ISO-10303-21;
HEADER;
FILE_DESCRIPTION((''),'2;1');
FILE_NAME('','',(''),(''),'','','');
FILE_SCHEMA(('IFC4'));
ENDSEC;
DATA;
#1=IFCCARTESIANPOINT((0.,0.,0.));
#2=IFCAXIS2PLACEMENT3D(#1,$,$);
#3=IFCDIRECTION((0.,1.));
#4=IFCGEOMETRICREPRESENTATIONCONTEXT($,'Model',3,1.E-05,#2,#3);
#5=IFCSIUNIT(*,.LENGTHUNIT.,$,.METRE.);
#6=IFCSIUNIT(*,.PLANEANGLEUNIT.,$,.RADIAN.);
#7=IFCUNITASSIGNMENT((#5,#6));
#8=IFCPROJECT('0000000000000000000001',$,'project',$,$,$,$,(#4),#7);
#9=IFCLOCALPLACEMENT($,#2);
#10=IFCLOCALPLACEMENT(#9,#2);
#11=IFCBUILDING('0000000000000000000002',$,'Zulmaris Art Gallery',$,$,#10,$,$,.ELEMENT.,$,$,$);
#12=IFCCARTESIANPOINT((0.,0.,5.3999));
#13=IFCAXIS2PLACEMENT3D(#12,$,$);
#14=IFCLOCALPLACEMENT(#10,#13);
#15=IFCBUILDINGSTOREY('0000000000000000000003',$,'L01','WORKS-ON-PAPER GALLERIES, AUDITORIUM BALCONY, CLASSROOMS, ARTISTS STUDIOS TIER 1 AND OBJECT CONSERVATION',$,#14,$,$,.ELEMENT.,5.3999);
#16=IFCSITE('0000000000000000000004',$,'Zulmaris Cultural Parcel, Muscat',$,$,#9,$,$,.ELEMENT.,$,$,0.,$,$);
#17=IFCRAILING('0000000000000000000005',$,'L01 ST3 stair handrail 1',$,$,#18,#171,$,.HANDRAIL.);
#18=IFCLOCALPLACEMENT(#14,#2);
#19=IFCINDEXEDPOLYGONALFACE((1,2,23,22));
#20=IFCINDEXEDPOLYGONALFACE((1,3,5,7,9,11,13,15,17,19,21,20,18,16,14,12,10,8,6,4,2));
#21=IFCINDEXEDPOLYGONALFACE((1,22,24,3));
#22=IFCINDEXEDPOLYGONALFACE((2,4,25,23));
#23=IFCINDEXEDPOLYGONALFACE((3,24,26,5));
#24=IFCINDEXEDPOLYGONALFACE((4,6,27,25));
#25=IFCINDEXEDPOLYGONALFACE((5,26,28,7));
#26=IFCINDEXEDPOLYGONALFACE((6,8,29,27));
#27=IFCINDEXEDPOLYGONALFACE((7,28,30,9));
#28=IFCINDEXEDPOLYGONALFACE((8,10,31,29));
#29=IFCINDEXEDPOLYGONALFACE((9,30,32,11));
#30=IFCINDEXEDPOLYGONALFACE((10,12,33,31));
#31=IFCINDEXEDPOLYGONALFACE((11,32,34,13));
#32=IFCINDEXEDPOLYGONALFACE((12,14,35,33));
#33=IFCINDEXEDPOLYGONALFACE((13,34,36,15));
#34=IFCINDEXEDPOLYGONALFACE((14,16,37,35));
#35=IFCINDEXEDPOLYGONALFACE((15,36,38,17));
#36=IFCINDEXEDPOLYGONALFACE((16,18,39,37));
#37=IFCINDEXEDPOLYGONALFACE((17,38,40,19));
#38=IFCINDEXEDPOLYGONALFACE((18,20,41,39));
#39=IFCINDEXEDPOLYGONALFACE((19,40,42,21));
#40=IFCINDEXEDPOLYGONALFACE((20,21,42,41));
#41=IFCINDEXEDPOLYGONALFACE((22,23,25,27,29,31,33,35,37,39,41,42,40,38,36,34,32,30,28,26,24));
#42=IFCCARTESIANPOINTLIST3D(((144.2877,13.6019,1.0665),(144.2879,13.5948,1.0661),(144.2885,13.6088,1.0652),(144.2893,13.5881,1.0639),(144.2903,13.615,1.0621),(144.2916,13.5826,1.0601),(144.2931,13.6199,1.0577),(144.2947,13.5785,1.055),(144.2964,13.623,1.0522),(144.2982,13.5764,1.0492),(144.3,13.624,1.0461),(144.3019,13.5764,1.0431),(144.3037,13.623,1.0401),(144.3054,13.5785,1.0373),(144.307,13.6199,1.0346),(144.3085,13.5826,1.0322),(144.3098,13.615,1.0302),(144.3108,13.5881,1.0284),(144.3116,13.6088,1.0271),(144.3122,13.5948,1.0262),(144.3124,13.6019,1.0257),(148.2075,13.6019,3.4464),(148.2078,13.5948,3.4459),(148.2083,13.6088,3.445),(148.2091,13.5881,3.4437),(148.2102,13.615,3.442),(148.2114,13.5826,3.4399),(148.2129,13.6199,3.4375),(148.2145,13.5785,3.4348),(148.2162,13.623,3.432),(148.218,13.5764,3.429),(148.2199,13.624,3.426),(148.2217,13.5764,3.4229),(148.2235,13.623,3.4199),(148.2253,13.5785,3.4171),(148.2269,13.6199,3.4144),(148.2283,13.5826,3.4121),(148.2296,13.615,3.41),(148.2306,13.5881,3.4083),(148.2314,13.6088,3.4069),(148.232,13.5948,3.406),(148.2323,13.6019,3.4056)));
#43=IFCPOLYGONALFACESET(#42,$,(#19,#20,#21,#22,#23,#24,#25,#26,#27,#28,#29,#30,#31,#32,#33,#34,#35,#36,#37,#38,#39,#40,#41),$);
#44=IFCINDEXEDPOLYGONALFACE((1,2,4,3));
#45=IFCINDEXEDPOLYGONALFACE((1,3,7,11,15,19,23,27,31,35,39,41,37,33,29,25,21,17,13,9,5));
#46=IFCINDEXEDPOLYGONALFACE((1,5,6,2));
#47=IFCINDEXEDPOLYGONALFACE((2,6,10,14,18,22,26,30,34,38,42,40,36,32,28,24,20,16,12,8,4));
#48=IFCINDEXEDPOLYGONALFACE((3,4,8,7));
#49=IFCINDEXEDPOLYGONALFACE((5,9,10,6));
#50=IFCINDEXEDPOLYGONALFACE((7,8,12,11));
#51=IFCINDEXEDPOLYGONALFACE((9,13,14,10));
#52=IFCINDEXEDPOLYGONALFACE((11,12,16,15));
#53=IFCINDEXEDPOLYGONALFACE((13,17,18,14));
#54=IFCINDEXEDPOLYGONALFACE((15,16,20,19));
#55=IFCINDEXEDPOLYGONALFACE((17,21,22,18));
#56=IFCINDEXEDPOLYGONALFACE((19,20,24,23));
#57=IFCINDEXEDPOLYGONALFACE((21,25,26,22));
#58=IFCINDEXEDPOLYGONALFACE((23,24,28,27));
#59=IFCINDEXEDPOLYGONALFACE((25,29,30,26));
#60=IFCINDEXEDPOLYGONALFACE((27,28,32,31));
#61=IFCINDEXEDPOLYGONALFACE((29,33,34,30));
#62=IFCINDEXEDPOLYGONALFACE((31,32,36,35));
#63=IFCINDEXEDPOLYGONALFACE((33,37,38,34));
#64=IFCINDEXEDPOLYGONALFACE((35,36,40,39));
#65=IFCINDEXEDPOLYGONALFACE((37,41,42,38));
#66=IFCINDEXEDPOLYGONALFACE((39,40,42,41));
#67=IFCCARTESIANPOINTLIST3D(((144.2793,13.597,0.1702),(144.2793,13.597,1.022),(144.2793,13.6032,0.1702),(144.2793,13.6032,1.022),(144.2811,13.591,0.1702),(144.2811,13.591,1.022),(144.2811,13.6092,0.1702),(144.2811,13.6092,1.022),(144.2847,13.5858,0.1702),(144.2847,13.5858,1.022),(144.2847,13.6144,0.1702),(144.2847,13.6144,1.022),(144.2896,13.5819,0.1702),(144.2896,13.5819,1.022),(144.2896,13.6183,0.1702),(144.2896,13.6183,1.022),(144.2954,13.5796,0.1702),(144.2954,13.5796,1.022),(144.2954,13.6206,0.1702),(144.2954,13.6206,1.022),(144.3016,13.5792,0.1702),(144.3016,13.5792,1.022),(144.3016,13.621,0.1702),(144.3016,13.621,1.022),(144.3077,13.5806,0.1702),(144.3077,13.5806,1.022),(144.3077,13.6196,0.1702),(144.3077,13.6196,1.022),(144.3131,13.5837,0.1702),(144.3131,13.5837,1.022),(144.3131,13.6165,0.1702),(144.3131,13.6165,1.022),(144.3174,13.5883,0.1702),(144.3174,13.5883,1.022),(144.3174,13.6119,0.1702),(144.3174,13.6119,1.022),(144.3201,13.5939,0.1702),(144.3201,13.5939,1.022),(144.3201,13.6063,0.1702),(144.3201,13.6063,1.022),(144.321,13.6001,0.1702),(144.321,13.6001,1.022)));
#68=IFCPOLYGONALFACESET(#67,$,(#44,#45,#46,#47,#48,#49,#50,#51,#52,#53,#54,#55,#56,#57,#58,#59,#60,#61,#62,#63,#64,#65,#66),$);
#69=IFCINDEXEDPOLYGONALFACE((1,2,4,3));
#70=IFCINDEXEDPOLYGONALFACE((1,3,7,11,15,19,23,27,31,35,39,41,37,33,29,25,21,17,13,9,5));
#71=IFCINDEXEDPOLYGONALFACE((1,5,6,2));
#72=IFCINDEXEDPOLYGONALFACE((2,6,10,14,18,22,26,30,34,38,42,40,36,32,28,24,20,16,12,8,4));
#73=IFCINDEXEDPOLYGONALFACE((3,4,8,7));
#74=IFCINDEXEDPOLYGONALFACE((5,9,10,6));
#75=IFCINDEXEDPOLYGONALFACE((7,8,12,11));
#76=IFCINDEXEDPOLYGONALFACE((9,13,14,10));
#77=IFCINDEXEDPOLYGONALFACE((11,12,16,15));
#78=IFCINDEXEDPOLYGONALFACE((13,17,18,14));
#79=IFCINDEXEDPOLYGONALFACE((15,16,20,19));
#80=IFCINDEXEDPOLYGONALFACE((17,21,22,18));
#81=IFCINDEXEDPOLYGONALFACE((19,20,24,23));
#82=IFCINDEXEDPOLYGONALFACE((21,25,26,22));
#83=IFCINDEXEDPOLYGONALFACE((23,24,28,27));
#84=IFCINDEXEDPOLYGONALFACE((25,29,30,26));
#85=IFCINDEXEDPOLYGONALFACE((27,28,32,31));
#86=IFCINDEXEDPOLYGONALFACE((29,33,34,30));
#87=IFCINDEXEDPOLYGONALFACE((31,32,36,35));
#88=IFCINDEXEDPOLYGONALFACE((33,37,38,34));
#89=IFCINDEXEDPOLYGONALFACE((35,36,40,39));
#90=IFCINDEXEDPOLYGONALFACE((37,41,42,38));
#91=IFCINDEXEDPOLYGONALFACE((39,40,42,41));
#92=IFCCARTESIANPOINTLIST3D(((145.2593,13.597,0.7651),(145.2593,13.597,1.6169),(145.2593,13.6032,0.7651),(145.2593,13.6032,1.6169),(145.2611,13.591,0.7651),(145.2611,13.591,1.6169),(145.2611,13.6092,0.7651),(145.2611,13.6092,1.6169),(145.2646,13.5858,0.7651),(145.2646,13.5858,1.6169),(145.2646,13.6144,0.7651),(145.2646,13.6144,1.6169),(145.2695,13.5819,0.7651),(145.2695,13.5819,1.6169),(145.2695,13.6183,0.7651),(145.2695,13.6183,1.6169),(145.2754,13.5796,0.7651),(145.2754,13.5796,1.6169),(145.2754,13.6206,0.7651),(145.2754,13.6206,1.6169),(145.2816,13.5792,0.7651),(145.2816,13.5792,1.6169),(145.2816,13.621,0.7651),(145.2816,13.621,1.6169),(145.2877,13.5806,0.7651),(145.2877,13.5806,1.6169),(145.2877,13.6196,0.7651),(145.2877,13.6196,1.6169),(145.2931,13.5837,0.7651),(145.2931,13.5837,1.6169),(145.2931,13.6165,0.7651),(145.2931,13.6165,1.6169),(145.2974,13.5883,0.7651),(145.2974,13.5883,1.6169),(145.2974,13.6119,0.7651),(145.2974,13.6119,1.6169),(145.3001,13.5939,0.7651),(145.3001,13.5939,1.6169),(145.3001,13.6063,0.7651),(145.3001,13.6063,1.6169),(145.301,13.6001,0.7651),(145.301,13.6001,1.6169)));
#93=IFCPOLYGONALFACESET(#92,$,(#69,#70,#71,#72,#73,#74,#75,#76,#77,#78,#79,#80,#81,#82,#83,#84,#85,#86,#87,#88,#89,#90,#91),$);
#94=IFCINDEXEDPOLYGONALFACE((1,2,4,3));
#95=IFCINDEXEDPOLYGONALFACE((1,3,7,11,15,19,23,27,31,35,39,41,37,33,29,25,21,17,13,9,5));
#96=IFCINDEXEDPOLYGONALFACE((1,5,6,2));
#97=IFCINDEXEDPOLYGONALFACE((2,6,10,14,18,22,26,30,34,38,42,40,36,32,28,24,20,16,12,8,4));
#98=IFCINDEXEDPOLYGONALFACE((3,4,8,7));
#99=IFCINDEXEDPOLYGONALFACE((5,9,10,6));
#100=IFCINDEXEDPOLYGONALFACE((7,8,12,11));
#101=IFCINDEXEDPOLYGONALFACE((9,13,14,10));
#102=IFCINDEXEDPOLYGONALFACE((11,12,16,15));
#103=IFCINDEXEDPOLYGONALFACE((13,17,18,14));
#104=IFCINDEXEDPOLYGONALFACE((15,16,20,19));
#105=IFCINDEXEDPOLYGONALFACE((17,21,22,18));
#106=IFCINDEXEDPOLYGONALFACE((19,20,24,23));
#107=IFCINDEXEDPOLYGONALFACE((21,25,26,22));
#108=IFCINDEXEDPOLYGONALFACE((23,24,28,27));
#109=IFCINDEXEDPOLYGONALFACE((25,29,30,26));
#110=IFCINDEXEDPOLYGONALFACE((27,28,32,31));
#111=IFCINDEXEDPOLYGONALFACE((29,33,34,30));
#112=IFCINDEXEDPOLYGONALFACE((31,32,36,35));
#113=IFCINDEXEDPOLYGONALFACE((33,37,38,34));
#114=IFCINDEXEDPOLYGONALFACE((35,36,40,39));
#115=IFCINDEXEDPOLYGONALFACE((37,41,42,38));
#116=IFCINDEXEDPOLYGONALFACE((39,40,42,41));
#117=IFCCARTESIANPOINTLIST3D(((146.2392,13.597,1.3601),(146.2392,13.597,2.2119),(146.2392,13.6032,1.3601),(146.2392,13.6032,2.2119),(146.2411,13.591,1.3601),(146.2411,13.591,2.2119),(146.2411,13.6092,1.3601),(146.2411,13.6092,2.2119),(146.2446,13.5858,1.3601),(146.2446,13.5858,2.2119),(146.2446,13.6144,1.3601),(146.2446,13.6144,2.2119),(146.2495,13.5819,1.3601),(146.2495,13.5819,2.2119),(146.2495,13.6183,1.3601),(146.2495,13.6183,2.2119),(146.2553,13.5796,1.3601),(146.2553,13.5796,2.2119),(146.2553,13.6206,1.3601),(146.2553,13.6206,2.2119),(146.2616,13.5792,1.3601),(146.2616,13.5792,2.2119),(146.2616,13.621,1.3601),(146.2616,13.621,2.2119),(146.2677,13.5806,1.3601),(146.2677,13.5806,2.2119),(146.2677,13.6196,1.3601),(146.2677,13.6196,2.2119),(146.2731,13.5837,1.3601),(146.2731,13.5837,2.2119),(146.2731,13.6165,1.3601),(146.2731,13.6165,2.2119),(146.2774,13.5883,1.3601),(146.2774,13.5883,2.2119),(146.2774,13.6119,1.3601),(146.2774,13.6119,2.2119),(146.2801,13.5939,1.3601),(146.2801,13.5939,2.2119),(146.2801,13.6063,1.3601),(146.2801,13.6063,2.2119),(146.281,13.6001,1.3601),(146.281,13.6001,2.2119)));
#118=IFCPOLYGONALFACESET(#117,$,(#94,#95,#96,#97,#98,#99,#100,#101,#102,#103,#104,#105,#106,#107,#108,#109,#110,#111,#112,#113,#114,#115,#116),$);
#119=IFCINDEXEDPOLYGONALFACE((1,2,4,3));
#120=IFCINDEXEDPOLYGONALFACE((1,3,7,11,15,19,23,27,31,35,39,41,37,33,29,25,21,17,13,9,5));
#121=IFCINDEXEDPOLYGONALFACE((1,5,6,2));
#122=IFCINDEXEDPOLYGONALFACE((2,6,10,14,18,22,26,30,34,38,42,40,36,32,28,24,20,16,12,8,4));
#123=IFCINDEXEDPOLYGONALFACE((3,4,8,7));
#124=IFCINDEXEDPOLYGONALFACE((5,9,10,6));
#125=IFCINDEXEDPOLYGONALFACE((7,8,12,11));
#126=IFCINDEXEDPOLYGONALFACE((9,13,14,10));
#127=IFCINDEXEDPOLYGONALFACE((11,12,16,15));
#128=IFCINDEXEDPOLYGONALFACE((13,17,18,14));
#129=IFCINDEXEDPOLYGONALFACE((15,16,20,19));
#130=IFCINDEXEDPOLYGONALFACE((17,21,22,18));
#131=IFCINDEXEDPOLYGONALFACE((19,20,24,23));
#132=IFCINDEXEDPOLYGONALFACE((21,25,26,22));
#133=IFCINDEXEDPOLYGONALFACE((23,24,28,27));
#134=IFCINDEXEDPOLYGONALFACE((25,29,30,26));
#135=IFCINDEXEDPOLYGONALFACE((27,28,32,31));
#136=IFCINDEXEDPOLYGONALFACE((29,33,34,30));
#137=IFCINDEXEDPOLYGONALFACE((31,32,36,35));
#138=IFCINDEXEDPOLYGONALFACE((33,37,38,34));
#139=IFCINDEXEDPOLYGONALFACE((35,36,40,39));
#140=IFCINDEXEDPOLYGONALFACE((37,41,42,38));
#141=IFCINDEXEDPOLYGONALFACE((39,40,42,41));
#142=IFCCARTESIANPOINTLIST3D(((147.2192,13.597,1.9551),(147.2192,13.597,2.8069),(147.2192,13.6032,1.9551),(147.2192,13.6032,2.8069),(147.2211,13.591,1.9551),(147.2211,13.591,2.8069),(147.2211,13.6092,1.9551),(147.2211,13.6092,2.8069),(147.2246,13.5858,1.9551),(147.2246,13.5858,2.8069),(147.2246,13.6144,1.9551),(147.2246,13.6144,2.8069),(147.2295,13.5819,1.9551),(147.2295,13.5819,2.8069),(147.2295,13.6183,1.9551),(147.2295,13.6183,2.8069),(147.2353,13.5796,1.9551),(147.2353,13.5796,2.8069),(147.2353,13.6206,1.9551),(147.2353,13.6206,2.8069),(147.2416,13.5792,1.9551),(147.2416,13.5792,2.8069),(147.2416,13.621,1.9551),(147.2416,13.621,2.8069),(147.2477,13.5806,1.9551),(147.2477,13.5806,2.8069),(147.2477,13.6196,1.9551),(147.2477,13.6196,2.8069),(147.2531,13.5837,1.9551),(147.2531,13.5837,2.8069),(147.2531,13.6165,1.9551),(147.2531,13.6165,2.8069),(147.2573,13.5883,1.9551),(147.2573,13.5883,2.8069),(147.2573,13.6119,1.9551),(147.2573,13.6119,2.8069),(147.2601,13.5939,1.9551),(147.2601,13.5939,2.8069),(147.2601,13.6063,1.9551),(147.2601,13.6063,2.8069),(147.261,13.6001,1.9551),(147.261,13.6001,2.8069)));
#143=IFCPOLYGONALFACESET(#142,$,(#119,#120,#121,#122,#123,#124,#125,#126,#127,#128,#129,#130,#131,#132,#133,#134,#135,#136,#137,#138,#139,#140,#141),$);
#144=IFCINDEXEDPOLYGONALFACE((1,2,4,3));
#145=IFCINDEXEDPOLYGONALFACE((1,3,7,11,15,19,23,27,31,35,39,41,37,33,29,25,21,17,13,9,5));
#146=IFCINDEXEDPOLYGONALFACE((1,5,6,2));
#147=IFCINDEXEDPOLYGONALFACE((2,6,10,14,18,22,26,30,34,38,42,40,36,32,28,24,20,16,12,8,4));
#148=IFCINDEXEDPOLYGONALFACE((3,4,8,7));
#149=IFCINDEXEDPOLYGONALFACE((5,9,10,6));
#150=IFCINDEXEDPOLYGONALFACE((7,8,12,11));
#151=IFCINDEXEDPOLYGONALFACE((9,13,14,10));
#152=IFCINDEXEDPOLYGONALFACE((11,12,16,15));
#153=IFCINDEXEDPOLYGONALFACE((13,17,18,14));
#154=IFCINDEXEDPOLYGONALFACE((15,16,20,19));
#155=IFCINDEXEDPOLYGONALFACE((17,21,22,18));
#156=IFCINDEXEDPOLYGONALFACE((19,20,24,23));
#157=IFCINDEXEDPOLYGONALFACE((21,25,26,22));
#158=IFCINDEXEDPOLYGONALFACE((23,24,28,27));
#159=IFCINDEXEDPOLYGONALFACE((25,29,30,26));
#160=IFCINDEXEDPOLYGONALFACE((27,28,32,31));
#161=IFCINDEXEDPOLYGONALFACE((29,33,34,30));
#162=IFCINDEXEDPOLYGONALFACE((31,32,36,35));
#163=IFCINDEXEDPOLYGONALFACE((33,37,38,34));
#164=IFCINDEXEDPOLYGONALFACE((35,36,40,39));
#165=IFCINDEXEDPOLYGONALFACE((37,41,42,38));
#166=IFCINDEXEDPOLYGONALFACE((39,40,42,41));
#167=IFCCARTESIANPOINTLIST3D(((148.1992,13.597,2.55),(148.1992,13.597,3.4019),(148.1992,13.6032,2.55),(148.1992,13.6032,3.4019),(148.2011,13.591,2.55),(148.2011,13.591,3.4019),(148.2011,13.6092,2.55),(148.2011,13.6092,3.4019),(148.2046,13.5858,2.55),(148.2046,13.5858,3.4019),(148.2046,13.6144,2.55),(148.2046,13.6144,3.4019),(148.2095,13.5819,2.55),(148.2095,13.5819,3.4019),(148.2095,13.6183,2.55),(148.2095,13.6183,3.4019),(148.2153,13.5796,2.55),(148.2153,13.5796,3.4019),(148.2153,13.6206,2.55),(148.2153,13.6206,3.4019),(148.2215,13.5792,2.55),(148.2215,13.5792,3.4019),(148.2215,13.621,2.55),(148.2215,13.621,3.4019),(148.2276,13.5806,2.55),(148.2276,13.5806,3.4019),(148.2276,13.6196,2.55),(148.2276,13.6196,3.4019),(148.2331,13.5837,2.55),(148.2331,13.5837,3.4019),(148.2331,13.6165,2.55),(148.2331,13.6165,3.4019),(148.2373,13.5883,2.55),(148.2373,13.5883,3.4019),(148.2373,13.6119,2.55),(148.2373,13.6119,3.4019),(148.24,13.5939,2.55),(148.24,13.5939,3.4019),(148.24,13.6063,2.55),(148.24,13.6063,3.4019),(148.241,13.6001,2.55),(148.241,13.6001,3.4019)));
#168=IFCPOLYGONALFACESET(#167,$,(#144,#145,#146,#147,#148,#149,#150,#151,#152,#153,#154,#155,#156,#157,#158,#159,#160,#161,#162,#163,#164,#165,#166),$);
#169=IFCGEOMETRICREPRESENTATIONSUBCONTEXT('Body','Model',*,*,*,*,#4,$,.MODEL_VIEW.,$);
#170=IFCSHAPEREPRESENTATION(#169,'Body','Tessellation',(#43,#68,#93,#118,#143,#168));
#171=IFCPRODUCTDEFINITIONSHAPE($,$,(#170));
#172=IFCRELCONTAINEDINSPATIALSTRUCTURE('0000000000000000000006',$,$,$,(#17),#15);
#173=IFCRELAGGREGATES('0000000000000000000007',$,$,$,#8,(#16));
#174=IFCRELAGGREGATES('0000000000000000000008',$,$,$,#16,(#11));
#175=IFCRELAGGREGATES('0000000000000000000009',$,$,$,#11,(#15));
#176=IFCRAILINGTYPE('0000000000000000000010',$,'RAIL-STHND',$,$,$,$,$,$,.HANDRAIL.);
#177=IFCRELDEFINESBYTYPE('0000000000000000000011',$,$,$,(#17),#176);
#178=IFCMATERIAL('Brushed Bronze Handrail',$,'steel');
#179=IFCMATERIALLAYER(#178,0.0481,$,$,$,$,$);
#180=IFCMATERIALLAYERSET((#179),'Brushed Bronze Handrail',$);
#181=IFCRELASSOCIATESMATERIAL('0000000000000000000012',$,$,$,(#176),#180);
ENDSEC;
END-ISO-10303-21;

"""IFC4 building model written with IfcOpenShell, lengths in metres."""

from ifc_helpers import new_model, si_unit, direction, frame, origin, origin_2d, place, context, subcontext, project, spatial, circle, extrude, material, layer, layer_set, type_object, element, save


model = new_model("IFC4")

# Units and contexts
model_context = context("Model", 3, precision=1e-05, world=origin(), true_north=direction((0.0, 1.0)))
body_context = subcontext(model_context, "Body", "Model", "MODEL_VIEW")
ifc_project = project(units=[si_unit("LENGTHUNIT", "METRE"), si_unit("PLANEANGLEUNIT", "RADIAN")], contexts=[model_context])

# Site, building, storey
site_placement = place(None, origin())
site = spatial("IfcSite", under=ifc_project, at=site_placement, Name="Zulmaris Cultural Parcel, Muscat", CompositionType="ELEMENT", RefElevation=0.0)
building_placement = place(site_placement, origin())
building = spatial("IfcBuilding", under=site, at=building_placement, Name="Zulmaris Art Gallery", CompositionType="ELEMENT")
storey_placement = place(building_placement, frame((0.0, 0.0, 5.3999)))
storey = spatial("IfcBuildingStorey", under=building, at=storey_placement, Name="L01", Description="WORKS-ON-PAPER GALLERIES, AUDITORIUM BALCONY, CLASSROOMS, ARTISTS STUDIOS TIER 1 AND OBJECT CONSERVATION", CompositionType="ELEMENT", Elevation=5.3999)

# Railing
ifc_material_1 = material(Name="Brushed Bronze Handrail", Category="steel")
ifc_layer_1 = layer(ifc_material_1, 0.0481)
ifc_layer_set_1 = layer_set([ifc_layer_1], Name="Brushed Bronze Handrail")
railing_type_1 = type_object("IfcRailingType", Name="RAIL-STHND", PredefinedType="HANDRAIL", material=ifc_layer_set_1)
railing_1_placement = place(storey_placement, frame((144.3, 13.6001, 0.1702)))
element("IfcRailing", 1, at=railing_1_placement, inside=storey, type_object=railing_type_1, Name="L01 ST3 stair handrail 1", PredefinedType="HANDRAIL", context=body_context, shape_type="SweptSolid", body=[
    extrude(circle(Radius=0.0239, at=origin_2d()), frame((0.0, 0.0, 0.876), z_axis=(0.854794, 0.0, 0.518967), x_axis=(0.0, 1.0, 0.0)), (0.0, 0.0, 1.0), 4.5857),
    extrude(circle(Radius=0.021, at=origin_2d()), origin(), (0.0, 0.0, 1.0), 0.8518),
    extrude(circle(Radius=0.021, at=origin_2d()), frame((0.98, 0.0, 0.595)), (0.0, 0.0, 1.0), 0.8518),
    extrude(circle(Radius=0.021, at=origin_2d()), frame((1.96, 0.0, 1.1899)), (0.0, 0.0, 1.0), 0.8518),
    extrude(circle(Radius=0.021, at=origin_2d()), frame((2.9399, 0.0, 1.7849)), (0.0, 0.0, 1.0), 0.8518),
    extrude(circle(Radius=0.021, at=origin_2d()), frame((3.9199, 0.0, 2.3799)), (0.0, 0.0, 1.0), 0.8518),
])

save(model, "model.ifc")
